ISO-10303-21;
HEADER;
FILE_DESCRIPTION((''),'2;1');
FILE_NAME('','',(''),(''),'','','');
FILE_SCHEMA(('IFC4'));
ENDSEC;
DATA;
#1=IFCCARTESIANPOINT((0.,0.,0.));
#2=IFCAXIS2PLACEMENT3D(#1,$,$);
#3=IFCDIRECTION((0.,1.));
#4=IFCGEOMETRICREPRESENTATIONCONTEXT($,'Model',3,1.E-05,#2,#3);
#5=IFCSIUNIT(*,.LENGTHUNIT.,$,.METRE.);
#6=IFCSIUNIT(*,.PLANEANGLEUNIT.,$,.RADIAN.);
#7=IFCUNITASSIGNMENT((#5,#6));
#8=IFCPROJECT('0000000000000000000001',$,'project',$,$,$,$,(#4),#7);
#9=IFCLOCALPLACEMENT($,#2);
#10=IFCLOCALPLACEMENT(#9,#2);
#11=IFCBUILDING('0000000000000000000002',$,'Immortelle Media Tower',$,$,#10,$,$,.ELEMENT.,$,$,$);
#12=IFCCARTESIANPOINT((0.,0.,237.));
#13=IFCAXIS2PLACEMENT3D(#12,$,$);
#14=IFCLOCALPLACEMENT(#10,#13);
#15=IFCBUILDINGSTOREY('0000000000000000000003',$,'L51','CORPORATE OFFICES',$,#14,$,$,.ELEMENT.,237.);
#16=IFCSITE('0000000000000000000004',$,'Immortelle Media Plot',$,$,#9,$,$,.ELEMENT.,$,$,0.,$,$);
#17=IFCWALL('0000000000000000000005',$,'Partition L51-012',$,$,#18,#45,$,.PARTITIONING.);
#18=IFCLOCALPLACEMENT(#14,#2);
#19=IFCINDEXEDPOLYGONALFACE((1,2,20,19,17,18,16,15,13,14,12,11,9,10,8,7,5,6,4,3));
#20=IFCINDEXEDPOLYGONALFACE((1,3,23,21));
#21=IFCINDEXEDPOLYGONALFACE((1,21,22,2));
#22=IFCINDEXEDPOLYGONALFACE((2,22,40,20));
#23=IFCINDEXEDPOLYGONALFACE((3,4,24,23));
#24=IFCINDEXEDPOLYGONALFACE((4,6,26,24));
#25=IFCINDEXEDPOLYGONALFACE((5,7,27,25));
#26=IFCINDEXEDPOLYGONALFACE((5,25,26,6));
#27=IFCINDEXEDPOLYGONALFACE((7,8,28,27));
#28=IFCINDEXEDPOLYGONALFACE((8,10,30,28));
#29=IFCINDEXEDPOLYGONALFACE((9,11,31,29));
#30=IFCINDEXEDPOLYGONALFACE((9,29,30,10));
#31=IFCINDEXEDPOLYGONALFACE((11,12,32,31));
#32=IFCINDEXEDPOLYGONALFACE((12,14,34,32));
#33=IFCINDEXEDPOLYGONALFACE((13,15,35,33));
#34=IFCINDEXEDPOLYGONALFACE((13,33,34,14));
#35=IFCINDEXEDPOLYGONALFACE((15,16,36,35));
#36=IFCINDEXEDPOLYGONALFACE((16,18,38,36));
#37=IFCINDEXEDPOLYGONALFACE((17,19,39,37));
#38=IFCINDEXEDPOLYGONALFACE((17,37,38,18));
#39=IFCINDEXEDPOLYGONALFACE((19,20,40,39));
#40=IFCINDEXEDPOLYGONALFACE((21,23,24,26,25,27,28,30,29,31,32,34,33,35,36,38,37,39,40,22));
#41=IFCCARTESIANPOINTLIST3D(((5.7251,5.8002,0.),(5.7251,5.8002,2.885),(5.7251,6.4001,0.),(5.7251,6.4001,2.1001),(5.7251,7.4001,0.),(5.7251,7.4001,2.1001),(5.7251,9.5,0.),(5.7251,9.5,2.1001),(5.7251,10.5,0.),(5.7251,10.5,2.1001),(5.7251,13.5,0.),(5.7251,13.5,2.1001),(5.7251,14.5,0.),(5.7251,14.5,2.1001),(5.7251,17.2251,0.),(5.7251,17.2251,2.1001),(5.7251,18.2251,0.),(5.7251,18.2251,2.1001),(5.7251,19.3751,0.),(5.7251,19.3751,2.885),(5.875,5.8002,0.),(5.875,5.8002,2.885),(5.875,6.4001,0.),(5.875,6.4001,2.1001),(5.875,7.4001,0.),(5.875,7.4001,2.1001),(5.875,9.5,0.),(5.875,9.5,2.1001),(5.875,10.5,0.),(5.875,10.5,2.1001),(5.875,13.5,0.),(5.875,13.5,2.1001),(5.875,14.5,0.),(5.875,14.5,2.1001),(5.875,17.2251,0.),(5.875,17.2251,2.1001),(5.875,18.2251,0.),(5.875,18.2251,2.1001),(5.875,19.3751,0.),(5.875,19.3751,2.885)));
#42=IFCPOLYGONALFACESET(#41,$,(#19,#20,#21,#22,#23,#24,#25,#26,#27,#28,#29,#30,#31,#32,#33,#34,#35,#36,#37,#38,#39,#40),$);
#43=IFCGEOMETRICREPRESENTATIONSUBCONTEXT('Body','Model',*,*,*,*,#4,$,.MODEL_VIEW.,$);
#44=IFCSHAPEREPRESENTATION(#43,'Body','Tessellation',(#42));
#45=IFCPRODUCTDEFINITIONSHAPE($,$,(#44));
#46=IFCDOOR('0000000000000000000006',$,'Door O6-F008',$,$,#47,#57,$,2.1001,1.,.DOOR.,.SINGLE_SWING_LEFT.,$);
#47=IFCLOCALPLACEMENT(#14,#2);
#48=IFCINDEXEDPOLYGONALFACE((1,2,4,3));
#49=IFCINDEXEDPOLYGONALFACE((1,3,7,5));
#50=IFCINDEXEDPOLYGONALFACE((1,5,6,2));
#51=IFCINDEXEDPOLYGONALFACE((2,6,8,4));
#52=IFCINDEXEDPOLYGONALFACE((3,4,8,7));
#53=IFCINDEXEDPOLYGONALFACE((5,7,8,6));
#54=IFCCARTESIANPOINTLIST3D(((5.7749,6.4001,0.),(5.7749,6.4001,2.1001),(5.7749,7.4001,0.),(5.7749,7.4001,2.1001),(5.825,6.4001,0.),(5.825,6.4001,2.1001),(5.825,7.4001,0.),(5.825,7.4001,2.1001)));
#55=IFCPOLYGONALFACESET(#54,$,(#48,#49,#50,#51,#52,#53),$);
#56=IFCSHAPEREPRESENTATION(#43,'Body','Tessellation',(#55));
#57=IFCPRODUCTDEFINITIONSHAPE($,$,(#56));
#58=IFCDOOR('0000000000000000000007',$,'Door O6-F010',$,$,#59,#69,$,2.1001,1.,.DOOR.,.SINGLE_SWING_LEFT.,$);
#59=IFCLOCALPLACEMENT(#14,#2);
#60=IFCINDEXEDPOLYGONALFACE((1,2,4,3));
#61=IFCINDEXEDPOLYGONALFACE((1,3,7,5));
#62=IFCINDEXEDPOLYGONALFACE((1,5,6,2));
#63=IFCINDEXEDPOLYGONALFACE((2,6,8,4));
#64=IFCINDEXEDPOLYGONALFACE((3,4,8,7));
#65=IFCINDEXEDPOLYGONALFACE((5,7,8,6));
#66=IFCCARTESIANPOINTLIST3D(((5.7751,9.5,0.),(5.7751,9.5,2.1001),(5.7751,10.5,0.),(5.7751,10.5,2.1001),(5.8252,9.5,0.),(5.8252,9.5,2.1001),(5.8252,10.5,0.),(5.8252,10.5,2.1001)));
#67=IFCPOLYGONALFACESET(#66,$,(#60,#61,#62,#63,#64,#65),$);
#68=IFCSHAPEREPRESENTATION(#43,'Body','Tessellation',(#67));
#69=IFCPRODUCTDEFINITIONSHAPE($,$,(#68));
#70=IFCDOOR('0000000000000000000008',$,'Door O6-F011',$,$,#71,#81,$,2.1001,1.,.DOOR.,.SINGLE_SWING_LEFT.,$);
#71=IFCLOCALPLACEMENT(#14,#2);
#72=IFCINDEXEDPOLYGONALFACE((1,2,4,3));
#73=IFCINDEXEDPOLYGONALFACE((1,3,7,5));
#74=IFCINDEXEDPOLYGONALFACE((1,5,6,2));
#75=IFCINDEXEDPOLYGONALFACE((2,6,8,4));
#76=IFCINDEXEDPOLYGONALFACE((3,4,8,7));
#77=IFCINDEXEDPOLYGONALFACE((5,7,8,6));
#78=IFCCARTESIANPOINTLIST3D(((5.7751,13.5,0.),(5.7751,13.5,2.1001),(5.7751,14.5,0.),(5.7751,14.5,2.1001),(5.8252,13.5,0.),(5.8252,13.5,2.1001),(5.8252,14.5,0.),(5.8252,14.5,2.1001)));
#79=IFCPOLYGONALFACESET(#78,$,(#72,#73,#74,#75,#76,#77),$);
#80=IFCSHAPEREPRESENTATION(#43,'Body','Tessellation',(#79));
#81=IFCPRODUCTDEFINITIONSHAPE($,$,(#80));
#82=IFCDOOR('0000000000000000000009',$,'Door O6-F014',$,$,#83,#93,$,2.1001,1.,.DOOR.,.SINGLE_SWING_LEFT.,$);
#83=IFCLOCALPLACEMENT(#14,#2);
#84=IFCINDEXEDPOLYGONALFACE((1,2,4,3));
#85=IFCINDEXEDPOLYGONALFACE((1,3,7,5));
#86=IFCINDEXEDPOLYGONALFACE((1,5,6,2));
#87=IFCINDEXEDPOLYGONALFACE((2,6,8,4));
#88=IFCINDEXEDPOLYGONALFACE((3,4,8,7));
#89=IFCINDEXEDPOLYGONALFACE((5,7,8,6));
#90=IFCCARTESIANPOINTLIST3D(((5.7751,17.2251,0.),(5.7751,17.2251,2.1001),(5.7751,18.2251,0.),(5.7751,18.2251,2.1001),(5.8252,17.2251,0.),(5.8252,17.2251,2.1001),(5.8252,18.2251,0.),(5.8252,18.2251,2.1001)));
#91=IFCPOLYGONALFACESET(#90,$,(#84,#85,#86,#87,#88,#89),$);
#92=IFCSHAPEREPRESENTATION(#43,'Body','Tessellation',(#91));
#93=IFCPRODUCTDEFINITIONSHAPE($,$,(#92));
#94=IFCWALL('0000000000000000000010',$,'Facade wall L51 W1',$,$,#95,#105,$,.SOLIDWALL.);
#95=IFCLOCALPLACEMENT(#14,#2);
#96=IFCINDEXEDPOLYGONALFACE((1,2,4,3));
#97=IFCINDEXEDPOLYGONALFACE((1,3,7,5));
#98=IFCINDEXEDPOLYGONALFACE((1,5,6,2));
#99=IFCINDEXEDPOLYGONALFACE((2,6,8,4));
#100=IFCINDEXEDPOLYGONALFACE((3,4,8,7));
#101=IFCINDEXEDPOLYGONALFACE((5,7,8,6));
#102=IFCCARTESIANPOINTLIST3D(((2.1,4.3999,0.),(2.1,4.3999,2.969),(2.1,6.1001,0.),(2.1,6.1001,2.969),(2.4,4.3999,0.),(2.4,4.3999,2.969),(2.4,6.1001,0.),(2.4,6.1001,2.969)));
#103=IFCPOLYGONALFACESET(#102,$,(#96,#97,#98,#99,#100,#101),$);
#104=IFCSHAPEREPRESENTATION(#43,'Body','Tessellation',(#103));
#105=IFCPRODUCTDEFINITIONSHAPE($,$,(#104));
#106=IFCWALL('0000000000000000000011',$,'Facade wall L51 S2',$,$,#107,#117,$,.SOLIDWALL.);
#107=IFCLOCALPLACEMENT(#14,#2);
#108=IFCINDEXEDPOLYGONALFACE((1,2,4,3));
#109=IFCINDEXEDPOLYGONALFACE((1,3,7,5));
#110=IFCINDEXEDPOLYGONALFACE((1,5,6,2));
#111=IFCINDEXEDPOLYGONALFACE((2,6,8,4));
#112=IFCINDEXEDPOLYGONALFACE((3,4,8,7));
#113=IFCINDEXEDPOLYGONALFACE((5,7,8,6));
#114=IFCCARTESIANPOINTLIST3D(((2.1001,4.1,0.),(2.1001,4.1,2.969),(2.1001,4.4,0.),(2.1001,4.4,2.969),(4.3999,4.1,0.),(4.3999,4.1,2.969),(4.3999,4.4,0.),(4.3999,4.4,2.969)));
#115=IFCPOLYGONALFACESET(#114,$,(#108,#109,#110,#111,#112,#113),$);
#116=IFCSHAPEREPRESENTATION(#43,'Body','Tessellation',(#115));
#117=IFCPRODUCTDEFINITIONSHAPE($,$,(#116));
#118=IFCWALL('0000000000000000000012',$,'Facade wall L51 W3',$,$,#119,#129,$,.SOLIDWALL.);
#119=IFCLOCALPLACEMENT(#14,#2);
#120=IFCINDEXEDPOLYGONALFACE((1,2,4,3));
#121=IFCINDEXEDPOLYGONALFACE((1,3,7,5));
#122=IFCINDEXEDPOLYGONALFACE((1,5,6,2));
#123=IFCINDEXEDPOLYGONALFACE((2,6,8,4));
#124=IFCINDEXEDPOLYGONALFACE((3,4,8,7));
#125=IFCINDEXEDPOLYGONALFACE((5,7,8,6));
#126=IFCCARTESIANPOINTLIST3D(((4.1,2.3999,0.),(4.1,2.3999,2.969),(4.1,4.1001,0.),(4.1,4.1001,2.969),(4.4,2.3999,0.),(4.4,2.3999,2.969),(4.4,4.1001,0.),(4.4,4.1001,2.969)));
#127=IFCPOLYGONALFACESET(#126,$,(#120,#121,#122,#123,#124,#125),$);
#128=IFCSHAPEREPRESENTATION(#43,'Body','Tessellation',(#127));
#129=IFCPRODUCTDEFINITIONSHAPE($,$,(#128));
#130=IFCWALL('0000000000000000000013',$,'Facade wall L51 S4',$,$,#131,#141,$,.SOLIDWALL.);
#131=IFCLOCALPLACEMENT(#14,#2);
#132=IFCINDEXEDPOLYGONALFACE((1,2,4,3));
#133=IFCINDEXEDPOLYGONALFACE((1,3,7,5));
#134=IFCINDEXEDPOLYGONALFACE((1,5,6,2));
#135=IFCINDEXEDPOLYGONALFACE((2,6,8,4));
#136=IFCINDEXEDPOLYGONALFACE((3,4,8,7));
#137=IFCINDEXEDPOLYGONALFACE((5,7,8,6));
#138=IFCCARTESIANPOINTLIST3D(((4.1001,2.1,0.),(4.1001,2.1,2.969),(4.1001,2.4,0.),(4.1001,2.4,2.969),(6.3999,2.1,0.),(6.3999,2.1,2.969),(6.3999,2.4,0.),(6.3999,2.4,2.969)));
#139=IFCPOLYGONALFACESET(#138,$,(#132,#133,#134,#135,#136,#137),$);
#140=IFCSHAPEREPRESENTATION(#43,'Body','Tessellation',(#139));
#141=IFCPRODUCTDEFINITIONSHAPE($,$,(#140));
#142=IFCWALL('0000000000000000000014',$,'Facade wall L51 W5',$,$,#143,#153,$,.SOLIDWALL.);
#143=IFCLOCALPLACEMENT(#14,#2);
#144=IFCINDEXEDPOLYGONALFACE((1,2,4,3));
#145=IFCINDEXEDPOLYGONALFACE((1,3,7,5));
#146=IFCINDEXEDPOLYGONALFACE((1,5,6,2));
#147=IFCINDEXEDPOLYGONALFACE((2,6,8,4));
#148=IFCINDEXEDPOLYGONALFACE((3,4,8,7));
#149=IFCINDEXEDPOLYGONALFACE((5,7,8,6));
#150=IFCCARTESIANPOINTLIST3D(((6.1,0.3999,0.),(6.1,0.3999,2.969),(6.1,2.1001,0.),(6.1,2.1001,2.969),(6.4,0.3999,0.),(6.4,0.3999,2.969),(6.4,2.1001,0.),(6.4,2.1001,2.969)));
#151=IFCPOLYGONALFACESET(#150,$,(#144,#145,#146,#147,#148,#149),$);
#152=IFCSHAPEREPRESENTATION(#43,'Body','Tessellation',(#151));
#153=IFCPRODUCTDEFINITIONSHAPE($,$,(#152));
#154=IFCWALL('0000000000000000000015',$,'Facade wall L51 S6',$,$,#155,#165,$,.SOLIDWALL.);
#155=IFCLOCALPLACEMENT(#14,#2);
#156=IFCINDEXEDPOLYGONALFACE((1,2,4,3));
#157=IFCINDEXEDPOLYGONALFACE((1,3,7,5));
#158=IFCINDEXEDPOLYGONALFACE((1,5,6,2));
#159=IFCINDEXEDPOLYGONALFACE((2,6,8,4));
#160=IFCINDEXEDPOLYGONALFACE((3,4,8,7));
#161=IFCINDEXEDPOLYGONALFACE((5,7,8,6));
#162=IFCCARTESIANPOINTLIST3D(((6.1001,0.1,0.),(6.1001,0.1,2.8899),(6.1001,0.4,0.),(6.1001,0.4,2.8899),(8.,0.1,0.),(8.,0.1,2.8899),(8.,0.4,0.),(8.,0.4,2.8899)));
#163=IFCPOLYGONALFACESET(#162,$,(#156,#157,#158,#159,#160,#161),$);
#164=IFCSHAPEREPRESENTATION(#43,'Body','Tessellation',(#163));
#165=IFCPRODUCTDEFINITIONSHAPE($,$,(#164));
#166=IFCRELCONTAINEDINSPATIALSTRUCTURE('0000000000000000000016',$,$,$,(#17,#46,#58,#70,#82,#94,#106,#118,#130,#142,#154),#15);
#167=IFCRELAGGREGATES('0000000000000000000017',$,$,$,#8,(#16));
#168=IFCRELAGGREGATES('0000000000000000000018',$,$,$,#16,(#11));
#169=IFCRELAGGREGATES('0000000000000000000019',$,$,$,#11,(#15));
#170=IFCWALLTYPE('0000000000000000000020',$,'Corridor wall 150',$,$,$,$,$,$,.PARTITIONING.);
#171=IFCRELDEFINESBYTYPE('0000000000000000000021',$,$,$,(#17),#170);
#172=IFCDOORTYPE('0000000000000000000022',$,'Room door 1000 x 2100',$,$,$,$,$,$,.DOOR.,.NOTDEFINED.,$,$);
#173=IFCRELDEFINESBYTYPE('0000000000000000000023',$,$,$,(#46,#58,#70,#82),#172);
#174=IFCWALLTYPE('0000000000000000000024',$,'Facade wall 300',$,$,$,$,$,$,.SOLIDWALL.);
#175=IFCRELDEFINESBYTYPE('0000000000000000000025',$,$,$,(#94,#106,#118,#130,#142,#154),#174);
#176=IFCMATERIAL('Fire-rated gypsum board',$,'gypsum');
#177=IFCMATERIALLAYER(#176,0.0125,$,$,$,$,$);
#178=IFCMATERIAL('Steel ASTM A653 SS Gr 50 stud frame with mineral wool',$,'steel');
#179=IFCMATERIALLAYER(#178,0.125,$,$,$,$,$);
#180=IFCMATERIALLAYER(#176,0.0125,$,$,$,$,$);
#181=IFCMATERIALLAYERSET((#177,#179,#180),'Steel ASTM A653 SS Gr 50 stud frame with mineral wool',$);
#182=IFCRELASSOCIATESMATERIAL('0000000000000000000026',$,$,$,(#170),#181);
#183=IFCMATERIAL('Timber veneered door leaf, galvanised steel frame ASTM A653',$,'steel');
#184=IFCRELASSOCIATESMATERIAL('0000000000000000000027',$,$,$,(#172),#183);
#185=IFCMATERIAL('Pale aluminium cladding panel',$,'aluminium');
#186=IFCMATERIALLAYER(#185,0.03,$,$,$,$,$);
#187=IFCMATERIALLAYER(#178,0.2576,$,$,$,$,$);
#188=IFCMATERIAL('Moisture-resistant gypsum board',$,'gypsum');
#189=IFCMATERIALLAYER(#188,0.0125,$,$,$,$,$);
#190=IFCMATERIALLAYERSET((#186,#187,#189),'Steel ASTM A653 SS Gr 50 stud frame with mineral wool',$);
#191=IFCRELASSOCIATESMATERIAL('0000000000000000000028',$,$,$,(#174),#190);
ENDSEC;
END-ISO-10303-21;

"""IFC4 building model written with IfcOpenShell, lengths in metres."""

from ifc_helpers import new_model, si_unit, direction, frame, frame_2d, origin, place, context, subcontext, project, spatial, rectangle, extrude, material, layer, layer_set, type_object, element, fill, save


model = new_model("IFC4")

# Units and contexts
model_context = context("Model", 3, precision=1e-05, world=origin(), true_north=direction((0.0, 1.0)))
body_context = subcontext(model_context, "Body", "Model", "MODEL_VIEW")
ifc_project = project(units=[si_unit("LENGTHUNIT", "METRE"), si_unit("PLANEANGLEUNIT", "RADIAN")], contexts=[model_context])

# Site, building, storey
site_placement = place(None, origin())
site = spatial("IfcSite", under=ifc_project, at=site_placement, Name="Immortelle Media Plot", CompositionType="ELEMENT", RefElevation=0.0)
building_placement = place(site_placement, origin())
building = spatial("IfcBuilding", under=site, at=building_placement, Name="Immortelle Media Tower", CompositionType="ELEMENT")
storey_placement = place(building_placement, frame((0.0, 0.0, 237.0)))
storey = spatial("IfcBuildingStorey", under=building, at=storey_placement, Name="L51", Description="CORPORATE OFFICES", CompositionType="ELEMENT", Elevation=237.0)

# Wall, openings, doors
ifc_material_1 = material(Name="Fire-rated gypsum board", Category="gypsum")
ifc_layer_1 = layer(ifc_material_1, 0.0125)
ifc_material_2 = material(Name="Steel ASTM A653 SS Gr 50 stud frame with mineral wool", Category="steel")
ifc_layer_2 = layer(ifc_material_2, 0.125)
ifc_layer_3 = layer(ifc_material_1, 0.0125)
ifc_layer_set_1 = layer_set([ifc_layer_1, ifc_layer_2, ifc_layer_3], Name="Steel ASTM A653 SS Gr 50 stud frame with mineral wool")
wall_type_1 = type_object("IfcWallType", Name="Corridor wall 150", PredefinedType="PARTITIONING", material=ifc_layer_set_1)
ifc_material_3 = material(Name="Timber veneered door leaf, galvanised steel frame ASTM A653", Category="steel")
door_type = type_object("IfcDoorType", Name="Room door 1000 x 2100", OperationType="NOTDEFINED", PredefinedType="DOOR", material=ifc_material_3)
wall_1_placement = place(storey_placement, frame((5.8, 5.8, 0.0), z_axis=(0.0, 0.0, 1.0), x_axis=(0.0, 1.0, 0.0)))
wall_1 = element("IfcWall", 1, at=wall_1_placement, inside=storey, type_object=wall_type_1, Name="Partition L51-012", PredefinedType="PARTITIONING", context=body_context, shape_type="SweptSolid", body=[
    extrude(rectangle(XDim=13.575, YDim=0.1499, at=frame_2d((6.7876, 0.0))), origin(), (0.0, 0.0, 1.0), 2.885),
])
opening_1_placement = place(wall_1_placement, frame((1.6001, 0.0, 0.0), z_axis=(0.0, 0.0, 1.0), x_axis=(-1.0, 0.0, 0.0)))
opening_1 = element("IfcOpeningElement", 2, at=opening_1_placement, cuts=wall_1, PredefinedType="OPENING", context=body_context, shape_type="SweptSolid", body=[
    extrude(rectangle(XDim=1.0, YDim=2.1001, at=frame_2d((0.5, 1.05))), frame((0.0, 0.085, 0.0), z_axis=(0.0, -1.0, 0.0), x_axis=(1.0, 0.0, 0.0)), (0.0, 0.0, 1.0), 0.1699),
])
opening_2_placement = place(wall_1_placement, frame((3.7, 0.0, 0.0)))
opening_2 = element("IfcOpeningElement", 3, at=opening_2_placement, cuts=wall_1, PredefinedType="OPENING", context=body_context, shape_type="SweptSolid", body=[
    extrude(rectangle(XDim=1.0, YDim=2.1001, at=frame_2d((0.5, 1.05))), frame((0.0, 0.085, 0.0), z_axis=(0.0, -1.0, 0.0), x_axis=(1.0, 0.0, 0.0)), (0.0, 0.0, 1.0), 0.1699),
])
opening_3_placement = place(wall_1_placement, frame((7.7, 0.0, 0.0)))
opening_3 = element("IfcOpeningElement", 4, at=opening_3_placement, cuts=wall_1, PredefinedType="OPENING", context=body_context, shape_type="SweptSolid", body=[
    extrude(rectangle(XDim=1.0, YDim=2.1001, at=frame_2d((0.5, 1.05))), frame((0.0, 0.085, 0.0), z_axis=(0.0, -1.0, 0.0), x_axis=(1.0, 0.0, 0.0)), (0.0, 0.0, 1.0), 0.1699),
])
opening_4_placement = place(wall_1_placement, frame((11.425, 0.0, 0.0)))
opening_4 = element("IfcOpeningElement", 5, at=opening_4_placement, cuts=wall_1, PredefinedType="OPENING", context=body_context, shape_type="SweptSolid", body=[
    extrude(rectangle(XDim=1.0, YDim=2.1001, at=frame_2d((0.5, 1.05))), frame((0.0, 0.085, 0.0), z_axis=(0.0, -1.0, 0.0), x_axis=(1.0, 0.0, 0.0)), (0.0, 0.0, 1.0), 0.1699),
])
door_1_placement = place(opening_1_placement, origin())
door_1 = element("IfcDoor", 6, at=door_1_placement, inside=storey, type_object=door_type, Name="Door O6-F008", OperationType="SINGLE_SWING_LEFT", OverallHeight=2.1001, OverallWidth=1.0, PredefinedType="DOOR", context=body_context, shape_type="SweptSolid", body=[
    extrude(rectangle(XDim=1.0, YDim=2.1001, at=frame_2d((0.5, 1.05))), frame((0.0, 0.0249, 0.0), z_axis=(0.0, -1.0, 0.0), x_axis=(1.0, 0.0, 0.0)), (0.0, 0.0, 1.0), 0.05),
])
fill(opening_1, door_1)
door_2_placement = place(opening_2_placement, origin())
door_2 = element("IfcDoor", 7, at=door_2_placement, inside=storey, type_object=door_type, Name="Door O6-F010", OperationType="SINGLE_SWING_LEFT", OverallHeight=2.1001, OverallWidth=1.0, PredefinedType="DOOR", context=body_context, shape_type="SweptSolid", body=[
    extrude(rectangle(XDim=1.0, YDim=2.1001, at=frame_2d((0.5, 1.05))), frame((0.0, 0.0249, 0.0), z_axis=(0.0, -1.0, 0.0), x_axis=(1.0, 0.0, 0.0)), (0.0, 0.0, 1.0), 0.05),
])
fill(opening_2, door_2)
door_3_placement = place(opening_3_placement, origin())
door_3 = element("IfcDoor", 8, at=door_3_placement, inside=storey, type_object=door_type, Name="Door O6-F011", OperationType="SINGLE_SWING_LEFT", OverallHeight=2.1001, OverallWidth=1.0, PredefinedType="DOOR", context=body_context, shape_type="SweptSolid", body=[
    extrude(rectangle(XDim=1.0, YDim=2.1001, at=frame_2d((0.5, 1.05))), frame((0.0, 0.0249, 0.0), z_axis=(0.0, -1.0, 0.0), x_axis=(1.0, 0.0, 0.0)), (0.0, 0.0, 1.0), 0.05),
])
fill(opening_3, door_3)
door_4_placement = place(opening_4_placement, origin())
door_4 = element("IfcDoor", 9, at=door_4_placement, inside=storey, type_object=door_type, Name="Door O6-F014", OperationType="SINGLE_SWING_LEFT", OverallHeight=2.1001, OverallWidth=1.0, PredefinedType="DOOR", context=body_context, shape_type="SweptSolid", body=[
    extrude(rectangle(XDim=1.0, YDim=2.1001, at=frame_2d((0.5, 1.05))), frame((0.0, 0.0249, 0.0), z_axis=(0.0, -1.0, 0.0), x_axis=(1.0, 0.0, 0.0)), (0.0, 0.0, 1.0), 0.05),
])
fill(opening_4, door_4)

# Walls
ifc_material_4 = material(Name="Pale aluminium cladding panel", Category="aluminium")
ifc_layer_4 = layer(ifc_material_4, 0.03)
ifc_layer_5 = layer(ifc_material_2, 0.2576)
ifc_material_5 = material(Name="Moisture-resistant gypsum board", Category="gypsum")
ifc_layer_6 = layer(ifc_material_5, 0.0125)
ifc_layer_set_2 = layer_set([ifc_layer_4, ifc_layer_5, ifc_layer_6], Name="Steel ASTM A653 SS Gr 50 stud frame with mineral wool")
wall_type_2 = type_object("IfcWallType", Name="Facade wall 300", PredefinedType="SOLIDWALL", material=ifc_layer_set_2)
wall_2_placement = place(storey_placement, frame((2.25, 6.1001, 0.0), z_axis=(0.0, 0.0, 1.0), x_axis=(0.0, -1.0, 0.0)))
element("IfcWall", 10, at=wall_2_placement, inside=storey, type_object=wall_type_2, Name="Facade wall L51 W1", PredefinedType="SOLIDWALL", context=body_context, shape_type="SweptSolid", body=[
    extrude(rectangle(XDim=1.7002, YDim=0.3, at=frame_2d((0.8501, 0.0))), origin(), (0.0, 0.0, 1.0), 2.969),
])
wall_3_placement = place(storey_placement, frame((2.1001, 4.25, 0.0), z_axis=(0.0, 0.0, 1.0), x_axis=(1.0, 0.0, 0.0)))
element("IfcWall", 11, at=wall_3_placement, inside=storey, type_object=wall_type_2, Name="Facade wall L51 S2", PredefinedType="SOLIDWALL", context=body_context, shape_type="SweptSolid", body=[
    extrude(rectangle(XDim=2.2998, YDim=0.3, at=frame_2d((1.1499, 0.0))), origin(), (0.0, 0.0, 1.0), 2.969),
])
wall_4_placement = place(storey_placement, frame((4.25, 4.1001, 0.0), z_axis=(0.0, 0.0, 1.0), x_axis=(0.0, -1.0, 0.0)))
element("IfcWall", 12, at=wall_4_placement, inside=storey, type_object=wall_type_2, Name="Facade wall L51 W3", PredefinedType="SOLIDWALL", context=body_context, shape_type="SweptSolid", body=[
    extrude(rectangle(XDim=1.7002, YDim=0.3, at=frame_2d((0.8501, 0.0))), origin(), (0.0, 0.0, 1.0), 2.969),
])
wall_5_placement = place(storey_placement, frame((4.1001, 2.25, 0.0), z_axis=(0.0, 0.0, 1.0), x_axis=(1.0, 0.0, 0.0)))
element("IfcWall", 13, at=wall_5_placement, inside=storey, type_object=wall_type_2, Name="Facade wall L51 S4", PredefinedType="SOLIDWALL", context=body_context, shape_type="SweptSolid", body=[
    extrude(rectangle(XDim=2.2998, YDim=0.3, at=frame_2d((1.1499, 0.0))), origin(), (0.0, 0.0, 1.0), 2.969),
])
wall_6_placement = place(storey_placement, frame((6.25, 2.1001, 0.0), z_axis=(0.0, 0.0, 1.0), x_axis=(0.0, -1.0, 0.0)))
element("IfcWall", 14, at=wall_6_placement, inside=storey, type_object=wall_type_2, Name="Facade wall L51 W5", PredefinedType="SOLIDWALL", context=body_context, shape_type="SweptSolid", body=[
    extrude(rectangle(XDim=1.7002, YDim=0.3, at=frame_2d((0.8501, 0.0))), origin(), (0.0, 0.0, 1.0), 2.969),
])
wall_7_placement = place(storey_placement, frame((6.1001, 0.25, 0.0), z_axis=(0.0, 0.0, 1.0), x_axis=(1.0, 0.0, 0.0)))
element("IfcWall", 15, at=wall_7_placement, inside=storey, type_object=wall_type_2, Name="Facade wall L51 S6", PredefinedType="SOLIDWALL", context=body_context, shape_type="SweptSolid", body=[
    extrude(rectangle(XDim=1.8999, YDim=0.3, at=frame_2d((0.95, 0.0))), origin(), (0.0, 0.0, 1.0), 2.8899),
])

save(model, "model.ifc")
